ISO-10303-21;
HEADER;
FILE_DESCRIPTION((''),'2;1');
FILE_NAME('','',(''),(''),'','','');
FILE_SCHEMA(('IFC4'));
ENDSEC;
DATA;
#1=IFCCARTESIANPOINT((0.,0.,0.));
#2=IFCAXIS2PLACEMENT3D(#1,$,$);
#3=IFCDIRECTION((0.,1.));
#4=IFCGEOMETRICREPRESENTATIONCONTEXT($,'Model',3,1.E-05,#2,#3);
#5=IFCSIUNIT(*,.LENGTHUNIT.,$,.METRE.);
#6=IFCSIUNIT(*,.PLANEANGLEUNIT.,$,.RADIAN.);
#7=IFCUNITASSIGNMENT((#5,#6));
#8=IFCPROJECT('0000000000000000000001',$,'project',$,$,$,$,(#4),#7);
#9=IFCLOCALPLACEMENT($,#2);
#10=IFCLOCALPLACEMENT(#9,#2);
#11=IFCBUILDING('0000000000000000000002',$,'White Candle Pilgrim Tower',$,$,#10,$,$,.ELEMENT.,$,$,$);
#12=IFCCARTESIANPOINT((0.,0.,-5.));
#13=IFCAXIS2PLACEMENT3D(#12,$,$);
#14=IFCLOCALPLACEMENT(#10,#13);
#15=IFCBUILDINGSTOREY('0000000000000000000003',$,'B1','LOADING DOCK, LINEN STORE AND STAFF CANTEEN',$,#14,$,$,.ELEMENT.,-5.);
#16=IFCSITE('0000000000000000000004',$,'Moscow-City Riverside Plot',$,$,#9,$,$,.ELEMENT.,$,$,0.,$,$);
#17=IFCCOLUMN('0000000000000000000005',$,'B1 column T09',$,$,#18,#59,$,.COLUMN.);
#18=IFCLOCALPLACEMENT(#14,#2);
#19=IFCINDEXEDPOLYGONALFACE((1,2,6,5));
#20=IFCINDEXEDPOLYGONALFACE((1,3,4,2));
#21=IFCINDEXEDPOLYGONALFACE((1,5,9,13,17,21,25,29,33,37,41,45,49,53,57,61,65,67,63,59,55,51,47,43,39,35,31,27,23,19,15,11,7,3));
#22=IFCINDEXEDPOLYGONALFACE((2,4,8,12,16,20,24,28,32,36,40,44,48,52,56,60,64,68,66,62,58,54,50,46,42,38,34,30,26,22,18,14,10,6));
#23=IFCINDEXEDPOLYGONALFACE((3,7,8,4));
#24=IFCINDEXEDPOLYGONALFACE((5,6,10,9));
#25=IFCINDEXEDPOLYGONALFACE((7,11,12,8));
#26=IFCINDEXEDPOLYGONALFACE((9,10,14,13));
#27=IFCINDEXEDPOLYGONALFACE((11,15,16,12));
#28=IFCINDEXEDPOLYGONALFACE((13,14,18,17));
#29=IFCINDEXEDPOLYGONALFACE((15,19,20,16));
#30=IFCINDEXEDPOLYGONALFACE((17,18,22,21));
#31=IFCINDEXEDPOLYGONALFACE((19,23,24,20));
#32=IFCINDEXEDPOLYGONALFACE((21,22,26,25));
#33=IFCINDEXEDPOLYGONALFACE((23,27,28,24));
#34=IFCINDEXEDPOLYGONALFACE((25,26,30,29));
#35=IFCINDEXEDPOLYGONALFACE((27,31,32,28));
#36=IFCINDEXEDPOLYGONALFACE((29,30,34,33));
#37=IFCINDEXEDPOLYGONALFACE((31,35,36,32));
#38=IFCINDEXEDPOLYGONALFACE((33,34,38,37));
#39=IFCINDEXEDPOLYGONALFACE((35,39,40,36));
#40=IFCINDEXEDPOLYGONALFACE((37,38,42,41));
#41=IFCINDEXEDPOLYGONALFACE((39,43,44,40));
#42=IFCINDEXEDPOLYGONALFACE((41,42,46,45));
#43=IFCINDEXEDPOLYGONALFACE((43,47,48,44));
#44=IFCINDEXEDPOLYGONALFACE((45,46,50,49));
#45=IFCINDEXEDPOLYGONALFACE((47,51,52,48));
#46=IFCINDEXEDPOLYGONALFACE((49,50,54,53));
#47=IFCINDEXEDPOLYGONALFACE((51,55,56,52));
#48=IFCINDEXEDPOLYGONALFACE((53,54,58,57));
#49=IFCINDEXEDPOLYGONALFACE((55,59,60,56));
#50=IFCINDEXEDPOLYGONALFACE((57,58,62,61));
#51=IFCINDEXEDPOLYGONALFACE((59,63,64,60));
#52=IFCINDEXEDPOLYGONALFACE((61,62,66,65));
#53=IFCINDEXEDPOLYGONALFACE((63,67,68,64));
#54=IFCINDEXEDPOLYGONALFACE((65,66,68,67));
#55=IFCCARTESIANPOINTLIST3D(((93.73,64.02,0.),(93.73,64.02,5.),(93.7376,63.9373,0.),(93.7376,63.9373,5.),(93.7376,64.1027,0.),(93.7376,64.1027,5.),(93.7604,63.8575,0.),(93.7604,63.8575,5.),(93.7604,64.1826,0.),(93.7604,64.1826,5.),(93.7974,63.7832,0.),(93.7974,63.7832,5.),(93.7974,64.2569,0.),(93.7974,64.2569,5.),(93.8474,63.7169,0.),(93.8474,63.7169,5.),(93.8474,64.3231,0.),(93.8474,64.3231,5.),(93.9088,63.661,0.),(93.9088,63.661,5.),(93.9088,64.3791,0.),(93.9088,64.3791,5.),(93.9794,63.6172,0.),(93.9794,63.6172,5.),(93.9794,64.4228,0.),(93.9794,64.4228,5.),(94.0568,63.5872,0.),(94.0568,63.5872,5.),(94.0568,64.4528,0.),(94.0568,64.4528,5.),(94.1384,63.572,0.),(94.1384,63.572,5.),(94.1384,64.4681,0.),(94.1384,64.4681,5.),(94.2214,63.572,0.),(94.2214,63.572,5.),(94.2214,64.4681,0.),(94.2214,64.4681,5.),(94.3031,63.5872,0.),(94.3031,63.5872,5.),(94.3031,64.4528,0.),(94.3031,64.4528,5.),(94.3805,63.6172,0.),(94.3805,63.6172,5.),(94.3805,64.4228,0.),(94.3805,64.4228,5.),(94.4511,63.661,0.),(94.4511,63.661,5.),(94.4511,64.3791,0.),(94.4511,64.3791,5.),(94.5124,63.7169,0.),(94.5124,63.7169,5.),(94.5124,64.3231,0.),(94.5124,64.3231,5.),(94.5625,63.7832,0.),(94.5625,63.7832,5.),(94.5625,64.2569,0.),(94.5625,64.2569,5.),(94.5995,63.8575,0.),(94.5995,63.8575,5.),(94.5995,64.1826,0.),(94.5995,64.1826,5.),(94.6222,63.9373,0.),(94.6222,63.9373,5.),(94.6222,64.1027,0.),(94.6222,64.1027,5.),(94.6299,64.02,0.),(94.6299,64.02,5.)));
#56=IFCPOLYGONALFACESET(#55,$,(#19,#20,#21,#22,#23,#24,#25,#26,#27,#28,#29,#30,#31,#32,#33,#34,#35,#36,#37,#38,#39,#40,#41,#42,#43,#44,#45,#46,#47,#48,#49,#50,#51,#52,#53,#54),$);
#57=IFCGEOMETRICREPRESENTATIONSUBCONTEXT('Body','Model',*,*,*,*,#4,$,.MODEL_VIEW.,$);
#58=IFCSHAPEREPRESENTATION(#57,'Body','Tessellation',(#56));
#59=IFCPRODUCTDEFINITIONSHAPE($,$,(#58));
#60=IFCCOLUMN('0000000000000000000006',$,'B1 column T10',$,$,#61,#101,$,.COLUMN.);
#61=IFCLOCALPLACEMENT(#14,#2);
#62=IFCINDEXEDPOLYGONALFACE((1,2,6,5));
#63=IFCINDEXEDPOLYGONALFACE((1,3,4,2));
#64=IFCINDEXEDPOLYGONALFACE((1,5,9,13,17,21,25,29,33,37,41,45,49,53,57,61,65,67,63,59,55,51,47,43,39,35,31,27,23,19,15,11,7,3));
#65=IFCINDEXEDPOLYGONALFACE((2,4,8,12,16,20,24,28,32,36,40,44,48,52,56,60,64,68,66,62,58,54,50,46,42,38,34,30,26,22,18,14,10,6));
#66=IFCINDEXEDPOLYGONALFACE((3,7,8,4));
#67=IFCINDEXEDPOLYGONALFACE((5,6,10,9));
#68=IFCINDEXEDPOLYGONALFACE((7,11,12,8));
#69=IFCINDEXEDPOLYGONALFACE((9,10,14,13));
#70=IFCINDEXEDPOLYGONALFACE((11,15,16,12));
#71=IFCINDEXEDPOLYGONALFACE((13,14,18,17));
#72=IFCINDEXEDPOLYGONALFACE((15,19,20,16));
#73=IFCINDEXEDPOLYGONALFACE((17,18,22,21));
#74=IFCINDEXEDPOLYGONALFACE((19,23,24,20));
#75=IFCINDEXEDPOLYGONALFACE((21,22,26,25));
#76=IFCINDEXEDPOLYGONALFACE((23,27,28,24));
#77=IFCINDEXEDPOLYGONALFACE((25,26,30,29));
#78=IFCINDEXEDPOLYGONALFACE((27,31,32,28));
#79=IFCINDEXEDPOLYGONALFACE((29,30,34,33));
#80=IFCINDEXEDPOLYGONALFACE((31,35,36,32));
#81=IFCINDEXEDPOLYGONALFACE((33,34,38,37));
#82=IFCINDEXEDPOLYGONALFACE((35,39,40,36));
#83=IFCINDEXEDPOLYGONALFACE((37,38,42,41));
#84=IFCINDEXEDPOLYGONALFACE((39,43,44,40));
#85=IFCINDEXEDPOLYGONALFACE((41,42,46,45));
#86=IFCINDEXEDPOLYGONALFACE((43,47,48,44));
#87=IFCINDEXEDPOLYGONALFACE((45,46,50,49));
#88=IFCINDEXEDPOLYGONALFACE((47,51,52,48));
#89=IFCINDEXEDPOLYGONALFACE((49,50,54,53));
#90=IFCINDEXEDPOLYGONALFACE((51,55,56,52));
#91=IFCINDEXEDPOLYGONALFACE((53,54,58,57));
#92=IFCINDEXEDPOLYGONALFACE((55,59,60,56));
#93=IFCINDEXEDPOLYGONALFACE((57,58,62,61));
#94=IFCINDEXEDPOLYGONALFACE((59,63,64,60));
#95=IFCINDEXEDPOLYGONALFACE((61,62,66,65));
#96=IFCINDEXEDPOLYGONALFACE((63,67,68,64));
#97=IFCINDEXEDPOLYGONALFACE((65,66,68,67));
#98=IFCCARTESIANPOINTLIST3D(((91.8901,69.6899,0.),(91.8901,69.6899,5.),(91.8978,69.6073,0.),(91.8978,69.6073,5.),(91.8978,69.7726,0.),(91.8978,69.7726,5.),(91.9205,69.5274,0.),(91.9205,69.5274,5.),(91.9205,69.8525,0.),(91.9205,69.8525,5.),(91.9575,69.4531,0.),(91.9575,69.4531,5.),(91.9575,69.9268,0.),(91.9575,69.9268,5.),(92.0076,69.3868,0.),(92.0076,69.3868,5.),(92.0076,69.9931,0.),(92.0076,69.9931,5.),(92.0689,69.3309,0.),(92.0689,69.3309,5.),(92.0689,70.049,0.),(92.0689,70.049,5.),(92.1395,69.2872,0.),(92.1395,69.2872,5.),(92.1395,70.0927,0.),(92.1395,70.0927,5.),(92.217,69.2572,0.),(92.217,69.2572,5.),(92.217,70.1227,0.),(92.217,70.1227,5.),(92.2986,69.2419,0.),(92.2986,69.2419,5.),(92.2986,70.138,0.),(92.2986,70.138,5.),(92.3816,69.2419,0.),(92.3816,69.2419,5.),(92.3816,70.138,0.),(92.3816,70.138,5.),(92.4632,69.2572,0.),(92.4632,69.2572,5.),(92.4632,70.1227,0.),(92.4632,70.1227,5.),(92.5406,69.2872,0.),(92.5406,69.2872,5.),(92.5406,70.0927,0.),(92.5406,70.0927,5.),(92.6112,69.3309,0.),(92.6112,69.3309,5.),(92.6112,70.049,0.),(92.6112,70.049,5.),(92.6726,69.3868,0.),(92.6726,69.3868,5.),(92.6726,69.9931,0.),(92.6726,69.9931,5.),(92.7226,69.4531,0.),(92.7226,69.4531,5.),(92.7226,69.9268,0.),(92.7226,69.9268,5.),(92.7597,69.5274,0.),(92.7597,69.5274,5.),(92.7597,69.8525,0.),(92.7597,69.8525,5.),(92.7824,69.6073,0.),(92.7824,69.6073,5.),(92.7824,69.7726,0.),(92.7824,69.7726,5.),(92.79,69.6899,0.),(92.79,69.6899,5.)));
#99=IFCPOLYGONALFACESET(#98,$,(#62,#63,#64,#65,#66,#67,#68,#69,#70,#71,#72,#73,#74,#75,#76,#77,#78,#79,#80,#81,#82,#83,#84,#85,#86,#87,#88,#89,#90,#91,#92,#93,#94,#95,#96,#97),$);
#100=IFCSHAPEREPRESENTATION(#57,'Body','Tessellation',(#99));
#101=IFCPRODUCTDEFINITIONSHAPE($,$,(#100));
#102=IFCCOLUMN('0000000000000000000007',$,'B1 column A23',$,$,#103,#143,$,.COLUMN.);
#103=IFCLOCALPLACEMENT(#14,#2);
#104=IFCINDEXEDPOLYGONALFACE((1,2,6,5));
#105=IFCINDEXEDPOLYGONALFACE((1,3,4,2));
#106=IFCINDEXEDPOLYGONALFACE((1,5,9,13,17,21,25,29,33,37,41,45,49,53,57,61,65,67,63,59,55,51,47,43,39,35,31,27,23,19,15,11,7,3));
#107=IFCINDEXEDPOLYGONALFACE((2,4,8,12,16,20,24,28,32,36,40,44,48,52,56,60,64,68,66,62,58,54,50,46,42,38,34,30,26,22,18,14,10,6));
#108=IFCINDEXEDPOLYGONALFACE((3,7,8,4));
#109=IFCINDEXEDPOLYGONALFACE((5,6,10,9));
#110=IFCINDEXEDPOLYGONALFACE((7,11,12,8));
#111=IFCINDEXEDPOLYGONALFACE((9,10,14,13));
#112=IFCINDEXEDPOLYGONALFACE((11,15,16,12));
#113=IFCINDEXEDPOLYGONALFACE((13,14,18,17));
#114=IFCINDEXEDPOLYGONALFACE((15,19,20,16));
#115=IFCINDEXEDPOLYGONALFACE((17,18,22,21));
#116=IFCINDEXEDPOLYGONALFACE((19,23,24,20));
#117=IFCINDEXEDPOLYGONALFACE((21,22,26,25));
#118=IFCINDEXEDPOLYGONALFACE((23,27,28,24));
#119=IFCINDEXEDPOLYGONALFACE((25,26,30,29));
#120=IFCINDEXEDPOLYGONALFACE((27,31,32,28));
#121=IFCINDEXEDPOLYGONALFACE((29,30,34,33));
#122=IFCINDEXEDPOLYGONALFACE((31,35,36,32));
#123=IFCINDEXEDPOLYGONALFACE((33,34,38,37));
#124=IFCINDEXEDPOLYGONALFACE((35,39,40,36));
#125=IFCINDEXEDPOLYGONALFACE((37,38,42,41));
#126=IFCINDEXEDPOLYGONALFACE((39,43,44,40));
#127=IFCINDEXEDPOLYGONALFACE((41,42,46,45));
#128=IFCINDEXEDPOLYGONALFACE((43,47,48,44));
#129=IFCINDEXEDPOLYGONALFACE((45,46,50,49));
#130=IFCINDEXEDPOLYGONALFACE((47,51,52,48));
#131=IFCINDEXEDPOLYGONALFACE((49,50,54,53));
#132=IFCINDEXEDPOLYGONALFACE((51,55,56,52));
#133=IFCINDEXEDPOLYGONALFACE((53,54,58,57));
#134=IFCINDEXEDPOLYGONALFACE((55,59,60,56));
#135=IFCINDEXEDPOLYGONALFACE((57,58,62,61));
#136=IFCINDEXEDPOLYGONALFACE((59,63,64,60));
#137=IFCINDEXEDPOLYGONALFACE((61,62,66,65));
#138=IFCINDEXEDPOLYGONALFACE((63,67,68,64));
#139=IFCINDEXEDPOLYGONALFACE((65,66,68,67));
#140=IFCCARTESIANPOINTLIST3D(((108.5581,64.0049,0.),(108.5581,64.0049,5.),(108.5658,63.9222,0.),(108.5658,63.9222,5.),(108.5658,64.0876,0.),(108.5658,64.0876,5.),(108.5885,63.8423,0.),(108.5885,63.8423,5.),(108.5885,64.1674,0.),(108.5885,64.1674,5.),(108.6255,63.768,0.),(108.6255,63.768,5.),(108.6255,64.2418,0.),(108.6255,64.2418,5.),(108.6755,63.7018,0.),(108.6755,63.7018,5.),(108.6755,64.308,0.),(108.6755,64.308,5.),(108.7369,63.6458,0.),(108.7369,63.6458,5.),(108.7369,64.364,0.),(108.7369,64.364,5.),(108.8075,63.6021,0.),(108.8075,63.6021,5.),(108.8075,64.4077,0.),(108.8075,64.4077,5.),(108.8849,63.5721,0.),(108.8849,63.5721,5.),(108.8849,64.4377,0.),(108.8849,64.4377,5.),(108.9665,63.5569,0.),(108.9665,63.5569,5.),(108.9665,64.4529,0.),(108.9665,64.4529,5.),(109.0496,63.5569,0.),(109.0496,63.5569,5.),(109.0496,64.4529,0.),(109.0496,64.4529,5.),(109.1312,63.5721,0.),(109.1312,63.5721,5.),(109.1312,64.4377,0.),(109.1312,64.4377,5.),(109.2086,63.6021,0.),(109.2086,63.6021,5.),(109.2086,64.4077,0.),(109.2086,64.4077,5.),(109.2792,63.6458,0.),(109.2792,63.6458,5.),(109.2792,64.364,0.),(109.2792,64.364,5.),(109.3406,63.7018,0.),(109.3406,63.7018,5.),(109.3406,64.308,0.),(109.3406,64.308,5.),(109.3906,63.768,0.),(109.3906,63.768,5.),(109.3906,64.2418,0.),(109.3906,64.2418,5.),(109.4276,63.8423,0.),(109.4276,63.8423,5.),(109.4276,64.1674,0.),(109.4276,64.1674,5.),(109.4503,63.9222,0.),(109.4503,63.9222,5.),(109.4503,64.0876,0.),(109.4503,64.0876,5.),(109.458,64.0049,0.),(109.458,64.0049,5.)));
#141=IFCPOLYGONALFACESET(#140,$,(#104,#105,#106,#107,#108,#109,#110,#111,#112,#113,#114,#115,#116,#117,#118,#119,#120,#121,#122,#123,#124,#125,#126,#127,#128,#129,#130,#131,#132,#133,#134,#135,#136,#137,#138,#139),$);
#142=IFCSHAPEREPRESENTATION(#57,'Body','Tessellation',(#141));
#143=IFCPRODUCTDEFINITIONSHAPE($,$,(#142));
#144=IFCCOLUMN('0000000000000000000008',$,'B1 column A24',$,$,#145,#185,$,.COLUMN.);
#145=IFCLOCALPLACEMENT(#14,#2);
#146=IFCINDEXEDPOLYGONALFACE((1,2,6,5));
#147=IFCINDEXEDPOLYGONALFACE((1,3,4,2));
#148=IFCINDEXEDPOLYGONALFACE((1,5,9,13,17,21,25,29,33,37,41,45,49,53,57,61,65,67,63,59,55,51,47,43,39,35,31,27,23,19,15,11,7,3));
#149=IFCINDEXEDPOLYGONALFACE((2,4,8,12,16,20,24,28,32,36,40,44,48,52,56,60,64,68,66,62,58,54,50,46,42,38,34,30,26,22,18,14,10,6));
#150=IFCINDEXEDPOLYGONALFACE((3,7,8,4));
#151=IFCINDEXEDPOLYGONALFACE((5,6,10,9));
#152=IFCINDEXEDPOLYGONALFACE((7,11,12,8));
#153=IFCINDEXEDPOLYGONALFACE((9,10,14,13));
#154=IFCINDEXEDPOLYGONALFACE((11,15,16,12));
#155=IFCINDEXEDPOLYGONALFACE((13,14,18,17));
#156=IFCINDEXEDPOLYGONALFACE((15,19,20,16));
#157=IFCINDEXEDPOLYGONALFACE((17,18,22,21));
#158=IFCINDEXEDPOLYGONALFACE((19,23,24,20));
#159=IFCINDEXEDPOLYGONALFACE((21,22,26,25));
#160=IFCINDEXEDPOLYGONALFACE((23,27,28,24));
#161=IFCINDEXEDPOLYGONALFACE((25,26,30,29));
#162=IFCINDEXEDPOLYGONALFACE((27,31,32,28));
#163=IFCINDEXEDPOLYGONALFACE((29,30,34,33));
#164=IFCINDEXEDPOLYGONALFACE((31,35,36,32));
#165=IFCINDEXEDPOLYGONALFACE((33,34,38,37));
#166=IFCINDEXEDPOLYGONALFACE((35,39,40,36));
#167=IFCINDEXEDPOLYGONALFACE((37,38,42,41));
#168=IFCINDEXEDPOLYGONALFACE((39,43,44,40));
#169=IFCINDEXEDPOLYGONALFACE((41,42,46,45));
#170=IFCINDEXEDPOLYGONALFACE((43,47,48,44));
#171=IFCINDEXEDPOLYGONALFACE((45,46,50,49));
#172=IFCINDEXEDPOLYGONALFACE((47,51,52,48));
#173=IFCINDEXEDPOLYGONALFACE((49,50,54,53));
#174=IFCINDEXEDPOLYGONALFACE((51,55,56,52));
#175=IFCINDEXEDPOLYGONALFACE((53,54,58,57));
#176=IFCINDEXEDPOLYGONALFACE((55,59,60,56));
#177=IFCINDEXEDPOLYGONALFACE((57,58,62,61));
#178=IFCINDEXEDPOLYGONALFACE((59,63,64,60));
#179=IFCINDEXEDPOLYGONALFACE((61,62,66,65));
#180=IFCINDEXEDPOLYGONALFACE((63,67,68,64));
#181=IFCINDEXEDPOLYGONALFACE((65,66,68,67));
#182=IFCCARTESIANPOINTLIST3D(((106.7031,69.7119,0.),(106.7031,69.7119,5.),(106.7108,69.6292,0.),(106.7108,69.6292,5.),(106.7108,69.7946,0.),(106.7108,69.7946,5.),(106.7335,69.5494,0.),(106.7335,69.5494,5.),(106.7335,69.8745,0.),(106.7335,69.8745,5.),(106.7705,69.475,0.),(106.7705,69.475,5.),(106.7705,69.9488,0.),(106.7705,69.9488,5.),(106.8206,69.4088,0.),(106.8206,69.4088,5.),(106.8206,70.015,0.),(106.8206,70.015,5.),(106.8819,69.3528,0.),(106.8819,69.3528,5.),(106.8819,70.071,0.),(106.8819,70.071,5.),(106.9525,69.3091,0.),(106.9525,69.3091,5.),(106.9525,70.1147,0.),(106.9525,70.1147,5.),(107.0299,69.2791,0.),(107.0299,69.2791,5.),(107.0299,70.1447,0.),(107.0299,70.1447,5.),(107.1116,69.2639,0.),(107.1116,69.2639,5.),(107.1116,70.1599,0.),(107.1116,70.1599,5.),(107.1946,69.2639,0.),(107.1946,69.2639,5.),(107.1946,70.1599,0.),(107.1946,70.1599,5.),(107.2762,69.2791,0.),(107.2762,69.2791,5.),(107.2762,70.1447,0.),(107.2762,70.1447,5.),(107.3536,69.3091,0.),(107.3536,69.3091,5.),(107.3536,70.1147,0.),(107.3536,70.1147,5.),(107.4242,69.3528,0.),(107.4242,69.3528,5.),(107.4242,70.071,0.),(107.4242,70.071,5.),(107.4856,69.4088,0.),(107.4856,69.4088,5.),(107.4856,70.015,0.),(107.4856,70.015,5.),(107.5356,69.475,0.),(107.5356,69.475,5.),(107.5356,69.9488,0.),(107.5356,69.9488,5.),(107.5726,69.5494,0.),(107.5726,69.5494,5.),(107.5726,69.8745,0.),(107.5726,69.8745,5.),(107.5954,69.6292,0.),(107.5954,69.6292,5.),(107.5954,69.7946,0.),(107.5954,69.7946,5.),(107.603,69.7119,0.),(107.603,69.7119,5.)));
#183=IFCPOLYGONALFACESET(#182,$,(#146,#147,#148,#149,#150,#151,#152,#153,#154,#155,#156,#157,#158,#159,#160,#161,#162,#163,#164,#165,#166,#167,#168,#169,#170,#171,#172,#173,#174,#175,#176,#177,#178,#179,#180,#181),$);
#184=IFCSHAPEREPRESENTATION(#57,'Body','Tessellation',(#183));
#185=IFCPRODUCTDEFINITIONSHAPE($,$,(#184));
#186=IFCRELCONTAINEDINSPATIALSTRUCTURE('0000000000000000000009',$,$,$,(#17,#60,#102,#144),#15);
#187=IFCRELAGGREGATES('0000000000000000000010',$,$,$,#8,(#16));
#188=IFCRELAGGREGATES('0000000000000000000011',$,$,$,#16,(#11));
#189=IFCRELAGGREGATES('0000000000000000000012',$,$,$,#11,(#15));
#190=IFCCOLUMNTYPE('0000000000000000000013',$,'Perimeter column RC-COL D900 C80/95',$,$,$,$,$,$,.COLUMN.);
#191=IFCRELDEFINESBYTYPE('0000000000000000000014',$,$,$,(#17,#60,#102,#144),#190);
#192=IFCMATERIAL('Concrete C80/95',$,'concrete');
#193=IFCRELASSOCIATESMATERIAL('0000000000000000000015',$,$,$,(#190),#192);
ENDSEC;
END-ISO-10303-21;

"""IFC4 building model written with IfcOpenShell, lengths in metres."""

from ifc_helpers import new_model, si_unit, direction, frame, origin, origin_2d, place, context, subcontext, project, spatial, circle, extrude, material, material_profile, profile_set, type_object, element, save


model = new_model("IFC4")

# Units and contexts
model_context = context("Model", 3, precision=1e-05, world=origin(), true_north=direction((0.0, 1.0)))
body_context = subcontext(model_context, "Body", "Model", "MODEL_VIEW")
ifc_project = project(units=[si_unit("LENGTHUNIT", "METRE"), si_unit("PLANEANGLEUNIT", "RADIAN")], contexts=[model_context])

# Site, building, storey
site_placement = place(None, origin())
site = spatial("IfcSite", under=ifc_project, at=site_placement, Name="Moscow-City Riverside Plot", CompositionType="ELEMENT", RefElevation=0.0)
building_placement = place(site_placement, origin())
building = spatial("IfcBuilding", under=site, at=building_placement, Name="White Candle Pilgrim Tower", CompositionType="ELEMENT")
storey_placement = place(building_placement, frame((0.0, 0.0, -5.0)))
storey = spatial("IfcBuildingStorey", under=building, at=storey_placement, Name="B1", Description="LOADING DOCK, LINEN STORE AND STAFF CANTEEN", CompositionType="ELEMENT", Elevation=-5.0)

# Columns
ifc_material_1 = material(Name="Concrete C80/95", Category="concrete")
ifc_material_profile_1 = material_profile(ifc_material_1, circle(Radius=0.45, at=origin_2d()), Name="RC-COL D900")
ifc_profile_set_1 = profile_set([ifc_material_profile_1], Name="Concrete C80/95")
column_type_1 = type_object("IfcColumnType", Name="Perimeter column RC-COL D900 C80/95", PredefinedType="COLUMN", material=ifc_profile_set_1)
for number, where, z_axis, x_axis, name in (
    (1, (94.1799, 64.02, 0.0), (0.0, 0.0, 1.0), (1.0, 0.0, 0.0), "B1 column T09"),
    (2, (92.3401, 69.6899, 0.0), (0.0, 0.0, 1.0), (1.0, 0.0, 0.0), "B1 column T10"),
    (3, (109.0081, 64.0049, 0.0), (0.0, 0.0, 1.0), (1.0, 0.0, 0.0), "B1 column A23"),
    (4, (107.1531, 69.7119, 0.0), (0.0, 0.0, 1.0), (1.0, 0.0, 0.0), "B1 column A24"),
):
    element("IfcColumn", number, at=place(storey_placement, frame(where, z_axis=z_axis, x_axis=x_axis)), inside=storey, type_object=column_type_1, Name=name, PredefinedType="COLUMN", context=body_context, shape_type="SweptSolid", body=[
        extrude(circle(Radius=0.45, at=origin_2d()), origin(), (0.0, 0.0, 1.0), 5.0),
    ])

save(model, "model.ifc")
